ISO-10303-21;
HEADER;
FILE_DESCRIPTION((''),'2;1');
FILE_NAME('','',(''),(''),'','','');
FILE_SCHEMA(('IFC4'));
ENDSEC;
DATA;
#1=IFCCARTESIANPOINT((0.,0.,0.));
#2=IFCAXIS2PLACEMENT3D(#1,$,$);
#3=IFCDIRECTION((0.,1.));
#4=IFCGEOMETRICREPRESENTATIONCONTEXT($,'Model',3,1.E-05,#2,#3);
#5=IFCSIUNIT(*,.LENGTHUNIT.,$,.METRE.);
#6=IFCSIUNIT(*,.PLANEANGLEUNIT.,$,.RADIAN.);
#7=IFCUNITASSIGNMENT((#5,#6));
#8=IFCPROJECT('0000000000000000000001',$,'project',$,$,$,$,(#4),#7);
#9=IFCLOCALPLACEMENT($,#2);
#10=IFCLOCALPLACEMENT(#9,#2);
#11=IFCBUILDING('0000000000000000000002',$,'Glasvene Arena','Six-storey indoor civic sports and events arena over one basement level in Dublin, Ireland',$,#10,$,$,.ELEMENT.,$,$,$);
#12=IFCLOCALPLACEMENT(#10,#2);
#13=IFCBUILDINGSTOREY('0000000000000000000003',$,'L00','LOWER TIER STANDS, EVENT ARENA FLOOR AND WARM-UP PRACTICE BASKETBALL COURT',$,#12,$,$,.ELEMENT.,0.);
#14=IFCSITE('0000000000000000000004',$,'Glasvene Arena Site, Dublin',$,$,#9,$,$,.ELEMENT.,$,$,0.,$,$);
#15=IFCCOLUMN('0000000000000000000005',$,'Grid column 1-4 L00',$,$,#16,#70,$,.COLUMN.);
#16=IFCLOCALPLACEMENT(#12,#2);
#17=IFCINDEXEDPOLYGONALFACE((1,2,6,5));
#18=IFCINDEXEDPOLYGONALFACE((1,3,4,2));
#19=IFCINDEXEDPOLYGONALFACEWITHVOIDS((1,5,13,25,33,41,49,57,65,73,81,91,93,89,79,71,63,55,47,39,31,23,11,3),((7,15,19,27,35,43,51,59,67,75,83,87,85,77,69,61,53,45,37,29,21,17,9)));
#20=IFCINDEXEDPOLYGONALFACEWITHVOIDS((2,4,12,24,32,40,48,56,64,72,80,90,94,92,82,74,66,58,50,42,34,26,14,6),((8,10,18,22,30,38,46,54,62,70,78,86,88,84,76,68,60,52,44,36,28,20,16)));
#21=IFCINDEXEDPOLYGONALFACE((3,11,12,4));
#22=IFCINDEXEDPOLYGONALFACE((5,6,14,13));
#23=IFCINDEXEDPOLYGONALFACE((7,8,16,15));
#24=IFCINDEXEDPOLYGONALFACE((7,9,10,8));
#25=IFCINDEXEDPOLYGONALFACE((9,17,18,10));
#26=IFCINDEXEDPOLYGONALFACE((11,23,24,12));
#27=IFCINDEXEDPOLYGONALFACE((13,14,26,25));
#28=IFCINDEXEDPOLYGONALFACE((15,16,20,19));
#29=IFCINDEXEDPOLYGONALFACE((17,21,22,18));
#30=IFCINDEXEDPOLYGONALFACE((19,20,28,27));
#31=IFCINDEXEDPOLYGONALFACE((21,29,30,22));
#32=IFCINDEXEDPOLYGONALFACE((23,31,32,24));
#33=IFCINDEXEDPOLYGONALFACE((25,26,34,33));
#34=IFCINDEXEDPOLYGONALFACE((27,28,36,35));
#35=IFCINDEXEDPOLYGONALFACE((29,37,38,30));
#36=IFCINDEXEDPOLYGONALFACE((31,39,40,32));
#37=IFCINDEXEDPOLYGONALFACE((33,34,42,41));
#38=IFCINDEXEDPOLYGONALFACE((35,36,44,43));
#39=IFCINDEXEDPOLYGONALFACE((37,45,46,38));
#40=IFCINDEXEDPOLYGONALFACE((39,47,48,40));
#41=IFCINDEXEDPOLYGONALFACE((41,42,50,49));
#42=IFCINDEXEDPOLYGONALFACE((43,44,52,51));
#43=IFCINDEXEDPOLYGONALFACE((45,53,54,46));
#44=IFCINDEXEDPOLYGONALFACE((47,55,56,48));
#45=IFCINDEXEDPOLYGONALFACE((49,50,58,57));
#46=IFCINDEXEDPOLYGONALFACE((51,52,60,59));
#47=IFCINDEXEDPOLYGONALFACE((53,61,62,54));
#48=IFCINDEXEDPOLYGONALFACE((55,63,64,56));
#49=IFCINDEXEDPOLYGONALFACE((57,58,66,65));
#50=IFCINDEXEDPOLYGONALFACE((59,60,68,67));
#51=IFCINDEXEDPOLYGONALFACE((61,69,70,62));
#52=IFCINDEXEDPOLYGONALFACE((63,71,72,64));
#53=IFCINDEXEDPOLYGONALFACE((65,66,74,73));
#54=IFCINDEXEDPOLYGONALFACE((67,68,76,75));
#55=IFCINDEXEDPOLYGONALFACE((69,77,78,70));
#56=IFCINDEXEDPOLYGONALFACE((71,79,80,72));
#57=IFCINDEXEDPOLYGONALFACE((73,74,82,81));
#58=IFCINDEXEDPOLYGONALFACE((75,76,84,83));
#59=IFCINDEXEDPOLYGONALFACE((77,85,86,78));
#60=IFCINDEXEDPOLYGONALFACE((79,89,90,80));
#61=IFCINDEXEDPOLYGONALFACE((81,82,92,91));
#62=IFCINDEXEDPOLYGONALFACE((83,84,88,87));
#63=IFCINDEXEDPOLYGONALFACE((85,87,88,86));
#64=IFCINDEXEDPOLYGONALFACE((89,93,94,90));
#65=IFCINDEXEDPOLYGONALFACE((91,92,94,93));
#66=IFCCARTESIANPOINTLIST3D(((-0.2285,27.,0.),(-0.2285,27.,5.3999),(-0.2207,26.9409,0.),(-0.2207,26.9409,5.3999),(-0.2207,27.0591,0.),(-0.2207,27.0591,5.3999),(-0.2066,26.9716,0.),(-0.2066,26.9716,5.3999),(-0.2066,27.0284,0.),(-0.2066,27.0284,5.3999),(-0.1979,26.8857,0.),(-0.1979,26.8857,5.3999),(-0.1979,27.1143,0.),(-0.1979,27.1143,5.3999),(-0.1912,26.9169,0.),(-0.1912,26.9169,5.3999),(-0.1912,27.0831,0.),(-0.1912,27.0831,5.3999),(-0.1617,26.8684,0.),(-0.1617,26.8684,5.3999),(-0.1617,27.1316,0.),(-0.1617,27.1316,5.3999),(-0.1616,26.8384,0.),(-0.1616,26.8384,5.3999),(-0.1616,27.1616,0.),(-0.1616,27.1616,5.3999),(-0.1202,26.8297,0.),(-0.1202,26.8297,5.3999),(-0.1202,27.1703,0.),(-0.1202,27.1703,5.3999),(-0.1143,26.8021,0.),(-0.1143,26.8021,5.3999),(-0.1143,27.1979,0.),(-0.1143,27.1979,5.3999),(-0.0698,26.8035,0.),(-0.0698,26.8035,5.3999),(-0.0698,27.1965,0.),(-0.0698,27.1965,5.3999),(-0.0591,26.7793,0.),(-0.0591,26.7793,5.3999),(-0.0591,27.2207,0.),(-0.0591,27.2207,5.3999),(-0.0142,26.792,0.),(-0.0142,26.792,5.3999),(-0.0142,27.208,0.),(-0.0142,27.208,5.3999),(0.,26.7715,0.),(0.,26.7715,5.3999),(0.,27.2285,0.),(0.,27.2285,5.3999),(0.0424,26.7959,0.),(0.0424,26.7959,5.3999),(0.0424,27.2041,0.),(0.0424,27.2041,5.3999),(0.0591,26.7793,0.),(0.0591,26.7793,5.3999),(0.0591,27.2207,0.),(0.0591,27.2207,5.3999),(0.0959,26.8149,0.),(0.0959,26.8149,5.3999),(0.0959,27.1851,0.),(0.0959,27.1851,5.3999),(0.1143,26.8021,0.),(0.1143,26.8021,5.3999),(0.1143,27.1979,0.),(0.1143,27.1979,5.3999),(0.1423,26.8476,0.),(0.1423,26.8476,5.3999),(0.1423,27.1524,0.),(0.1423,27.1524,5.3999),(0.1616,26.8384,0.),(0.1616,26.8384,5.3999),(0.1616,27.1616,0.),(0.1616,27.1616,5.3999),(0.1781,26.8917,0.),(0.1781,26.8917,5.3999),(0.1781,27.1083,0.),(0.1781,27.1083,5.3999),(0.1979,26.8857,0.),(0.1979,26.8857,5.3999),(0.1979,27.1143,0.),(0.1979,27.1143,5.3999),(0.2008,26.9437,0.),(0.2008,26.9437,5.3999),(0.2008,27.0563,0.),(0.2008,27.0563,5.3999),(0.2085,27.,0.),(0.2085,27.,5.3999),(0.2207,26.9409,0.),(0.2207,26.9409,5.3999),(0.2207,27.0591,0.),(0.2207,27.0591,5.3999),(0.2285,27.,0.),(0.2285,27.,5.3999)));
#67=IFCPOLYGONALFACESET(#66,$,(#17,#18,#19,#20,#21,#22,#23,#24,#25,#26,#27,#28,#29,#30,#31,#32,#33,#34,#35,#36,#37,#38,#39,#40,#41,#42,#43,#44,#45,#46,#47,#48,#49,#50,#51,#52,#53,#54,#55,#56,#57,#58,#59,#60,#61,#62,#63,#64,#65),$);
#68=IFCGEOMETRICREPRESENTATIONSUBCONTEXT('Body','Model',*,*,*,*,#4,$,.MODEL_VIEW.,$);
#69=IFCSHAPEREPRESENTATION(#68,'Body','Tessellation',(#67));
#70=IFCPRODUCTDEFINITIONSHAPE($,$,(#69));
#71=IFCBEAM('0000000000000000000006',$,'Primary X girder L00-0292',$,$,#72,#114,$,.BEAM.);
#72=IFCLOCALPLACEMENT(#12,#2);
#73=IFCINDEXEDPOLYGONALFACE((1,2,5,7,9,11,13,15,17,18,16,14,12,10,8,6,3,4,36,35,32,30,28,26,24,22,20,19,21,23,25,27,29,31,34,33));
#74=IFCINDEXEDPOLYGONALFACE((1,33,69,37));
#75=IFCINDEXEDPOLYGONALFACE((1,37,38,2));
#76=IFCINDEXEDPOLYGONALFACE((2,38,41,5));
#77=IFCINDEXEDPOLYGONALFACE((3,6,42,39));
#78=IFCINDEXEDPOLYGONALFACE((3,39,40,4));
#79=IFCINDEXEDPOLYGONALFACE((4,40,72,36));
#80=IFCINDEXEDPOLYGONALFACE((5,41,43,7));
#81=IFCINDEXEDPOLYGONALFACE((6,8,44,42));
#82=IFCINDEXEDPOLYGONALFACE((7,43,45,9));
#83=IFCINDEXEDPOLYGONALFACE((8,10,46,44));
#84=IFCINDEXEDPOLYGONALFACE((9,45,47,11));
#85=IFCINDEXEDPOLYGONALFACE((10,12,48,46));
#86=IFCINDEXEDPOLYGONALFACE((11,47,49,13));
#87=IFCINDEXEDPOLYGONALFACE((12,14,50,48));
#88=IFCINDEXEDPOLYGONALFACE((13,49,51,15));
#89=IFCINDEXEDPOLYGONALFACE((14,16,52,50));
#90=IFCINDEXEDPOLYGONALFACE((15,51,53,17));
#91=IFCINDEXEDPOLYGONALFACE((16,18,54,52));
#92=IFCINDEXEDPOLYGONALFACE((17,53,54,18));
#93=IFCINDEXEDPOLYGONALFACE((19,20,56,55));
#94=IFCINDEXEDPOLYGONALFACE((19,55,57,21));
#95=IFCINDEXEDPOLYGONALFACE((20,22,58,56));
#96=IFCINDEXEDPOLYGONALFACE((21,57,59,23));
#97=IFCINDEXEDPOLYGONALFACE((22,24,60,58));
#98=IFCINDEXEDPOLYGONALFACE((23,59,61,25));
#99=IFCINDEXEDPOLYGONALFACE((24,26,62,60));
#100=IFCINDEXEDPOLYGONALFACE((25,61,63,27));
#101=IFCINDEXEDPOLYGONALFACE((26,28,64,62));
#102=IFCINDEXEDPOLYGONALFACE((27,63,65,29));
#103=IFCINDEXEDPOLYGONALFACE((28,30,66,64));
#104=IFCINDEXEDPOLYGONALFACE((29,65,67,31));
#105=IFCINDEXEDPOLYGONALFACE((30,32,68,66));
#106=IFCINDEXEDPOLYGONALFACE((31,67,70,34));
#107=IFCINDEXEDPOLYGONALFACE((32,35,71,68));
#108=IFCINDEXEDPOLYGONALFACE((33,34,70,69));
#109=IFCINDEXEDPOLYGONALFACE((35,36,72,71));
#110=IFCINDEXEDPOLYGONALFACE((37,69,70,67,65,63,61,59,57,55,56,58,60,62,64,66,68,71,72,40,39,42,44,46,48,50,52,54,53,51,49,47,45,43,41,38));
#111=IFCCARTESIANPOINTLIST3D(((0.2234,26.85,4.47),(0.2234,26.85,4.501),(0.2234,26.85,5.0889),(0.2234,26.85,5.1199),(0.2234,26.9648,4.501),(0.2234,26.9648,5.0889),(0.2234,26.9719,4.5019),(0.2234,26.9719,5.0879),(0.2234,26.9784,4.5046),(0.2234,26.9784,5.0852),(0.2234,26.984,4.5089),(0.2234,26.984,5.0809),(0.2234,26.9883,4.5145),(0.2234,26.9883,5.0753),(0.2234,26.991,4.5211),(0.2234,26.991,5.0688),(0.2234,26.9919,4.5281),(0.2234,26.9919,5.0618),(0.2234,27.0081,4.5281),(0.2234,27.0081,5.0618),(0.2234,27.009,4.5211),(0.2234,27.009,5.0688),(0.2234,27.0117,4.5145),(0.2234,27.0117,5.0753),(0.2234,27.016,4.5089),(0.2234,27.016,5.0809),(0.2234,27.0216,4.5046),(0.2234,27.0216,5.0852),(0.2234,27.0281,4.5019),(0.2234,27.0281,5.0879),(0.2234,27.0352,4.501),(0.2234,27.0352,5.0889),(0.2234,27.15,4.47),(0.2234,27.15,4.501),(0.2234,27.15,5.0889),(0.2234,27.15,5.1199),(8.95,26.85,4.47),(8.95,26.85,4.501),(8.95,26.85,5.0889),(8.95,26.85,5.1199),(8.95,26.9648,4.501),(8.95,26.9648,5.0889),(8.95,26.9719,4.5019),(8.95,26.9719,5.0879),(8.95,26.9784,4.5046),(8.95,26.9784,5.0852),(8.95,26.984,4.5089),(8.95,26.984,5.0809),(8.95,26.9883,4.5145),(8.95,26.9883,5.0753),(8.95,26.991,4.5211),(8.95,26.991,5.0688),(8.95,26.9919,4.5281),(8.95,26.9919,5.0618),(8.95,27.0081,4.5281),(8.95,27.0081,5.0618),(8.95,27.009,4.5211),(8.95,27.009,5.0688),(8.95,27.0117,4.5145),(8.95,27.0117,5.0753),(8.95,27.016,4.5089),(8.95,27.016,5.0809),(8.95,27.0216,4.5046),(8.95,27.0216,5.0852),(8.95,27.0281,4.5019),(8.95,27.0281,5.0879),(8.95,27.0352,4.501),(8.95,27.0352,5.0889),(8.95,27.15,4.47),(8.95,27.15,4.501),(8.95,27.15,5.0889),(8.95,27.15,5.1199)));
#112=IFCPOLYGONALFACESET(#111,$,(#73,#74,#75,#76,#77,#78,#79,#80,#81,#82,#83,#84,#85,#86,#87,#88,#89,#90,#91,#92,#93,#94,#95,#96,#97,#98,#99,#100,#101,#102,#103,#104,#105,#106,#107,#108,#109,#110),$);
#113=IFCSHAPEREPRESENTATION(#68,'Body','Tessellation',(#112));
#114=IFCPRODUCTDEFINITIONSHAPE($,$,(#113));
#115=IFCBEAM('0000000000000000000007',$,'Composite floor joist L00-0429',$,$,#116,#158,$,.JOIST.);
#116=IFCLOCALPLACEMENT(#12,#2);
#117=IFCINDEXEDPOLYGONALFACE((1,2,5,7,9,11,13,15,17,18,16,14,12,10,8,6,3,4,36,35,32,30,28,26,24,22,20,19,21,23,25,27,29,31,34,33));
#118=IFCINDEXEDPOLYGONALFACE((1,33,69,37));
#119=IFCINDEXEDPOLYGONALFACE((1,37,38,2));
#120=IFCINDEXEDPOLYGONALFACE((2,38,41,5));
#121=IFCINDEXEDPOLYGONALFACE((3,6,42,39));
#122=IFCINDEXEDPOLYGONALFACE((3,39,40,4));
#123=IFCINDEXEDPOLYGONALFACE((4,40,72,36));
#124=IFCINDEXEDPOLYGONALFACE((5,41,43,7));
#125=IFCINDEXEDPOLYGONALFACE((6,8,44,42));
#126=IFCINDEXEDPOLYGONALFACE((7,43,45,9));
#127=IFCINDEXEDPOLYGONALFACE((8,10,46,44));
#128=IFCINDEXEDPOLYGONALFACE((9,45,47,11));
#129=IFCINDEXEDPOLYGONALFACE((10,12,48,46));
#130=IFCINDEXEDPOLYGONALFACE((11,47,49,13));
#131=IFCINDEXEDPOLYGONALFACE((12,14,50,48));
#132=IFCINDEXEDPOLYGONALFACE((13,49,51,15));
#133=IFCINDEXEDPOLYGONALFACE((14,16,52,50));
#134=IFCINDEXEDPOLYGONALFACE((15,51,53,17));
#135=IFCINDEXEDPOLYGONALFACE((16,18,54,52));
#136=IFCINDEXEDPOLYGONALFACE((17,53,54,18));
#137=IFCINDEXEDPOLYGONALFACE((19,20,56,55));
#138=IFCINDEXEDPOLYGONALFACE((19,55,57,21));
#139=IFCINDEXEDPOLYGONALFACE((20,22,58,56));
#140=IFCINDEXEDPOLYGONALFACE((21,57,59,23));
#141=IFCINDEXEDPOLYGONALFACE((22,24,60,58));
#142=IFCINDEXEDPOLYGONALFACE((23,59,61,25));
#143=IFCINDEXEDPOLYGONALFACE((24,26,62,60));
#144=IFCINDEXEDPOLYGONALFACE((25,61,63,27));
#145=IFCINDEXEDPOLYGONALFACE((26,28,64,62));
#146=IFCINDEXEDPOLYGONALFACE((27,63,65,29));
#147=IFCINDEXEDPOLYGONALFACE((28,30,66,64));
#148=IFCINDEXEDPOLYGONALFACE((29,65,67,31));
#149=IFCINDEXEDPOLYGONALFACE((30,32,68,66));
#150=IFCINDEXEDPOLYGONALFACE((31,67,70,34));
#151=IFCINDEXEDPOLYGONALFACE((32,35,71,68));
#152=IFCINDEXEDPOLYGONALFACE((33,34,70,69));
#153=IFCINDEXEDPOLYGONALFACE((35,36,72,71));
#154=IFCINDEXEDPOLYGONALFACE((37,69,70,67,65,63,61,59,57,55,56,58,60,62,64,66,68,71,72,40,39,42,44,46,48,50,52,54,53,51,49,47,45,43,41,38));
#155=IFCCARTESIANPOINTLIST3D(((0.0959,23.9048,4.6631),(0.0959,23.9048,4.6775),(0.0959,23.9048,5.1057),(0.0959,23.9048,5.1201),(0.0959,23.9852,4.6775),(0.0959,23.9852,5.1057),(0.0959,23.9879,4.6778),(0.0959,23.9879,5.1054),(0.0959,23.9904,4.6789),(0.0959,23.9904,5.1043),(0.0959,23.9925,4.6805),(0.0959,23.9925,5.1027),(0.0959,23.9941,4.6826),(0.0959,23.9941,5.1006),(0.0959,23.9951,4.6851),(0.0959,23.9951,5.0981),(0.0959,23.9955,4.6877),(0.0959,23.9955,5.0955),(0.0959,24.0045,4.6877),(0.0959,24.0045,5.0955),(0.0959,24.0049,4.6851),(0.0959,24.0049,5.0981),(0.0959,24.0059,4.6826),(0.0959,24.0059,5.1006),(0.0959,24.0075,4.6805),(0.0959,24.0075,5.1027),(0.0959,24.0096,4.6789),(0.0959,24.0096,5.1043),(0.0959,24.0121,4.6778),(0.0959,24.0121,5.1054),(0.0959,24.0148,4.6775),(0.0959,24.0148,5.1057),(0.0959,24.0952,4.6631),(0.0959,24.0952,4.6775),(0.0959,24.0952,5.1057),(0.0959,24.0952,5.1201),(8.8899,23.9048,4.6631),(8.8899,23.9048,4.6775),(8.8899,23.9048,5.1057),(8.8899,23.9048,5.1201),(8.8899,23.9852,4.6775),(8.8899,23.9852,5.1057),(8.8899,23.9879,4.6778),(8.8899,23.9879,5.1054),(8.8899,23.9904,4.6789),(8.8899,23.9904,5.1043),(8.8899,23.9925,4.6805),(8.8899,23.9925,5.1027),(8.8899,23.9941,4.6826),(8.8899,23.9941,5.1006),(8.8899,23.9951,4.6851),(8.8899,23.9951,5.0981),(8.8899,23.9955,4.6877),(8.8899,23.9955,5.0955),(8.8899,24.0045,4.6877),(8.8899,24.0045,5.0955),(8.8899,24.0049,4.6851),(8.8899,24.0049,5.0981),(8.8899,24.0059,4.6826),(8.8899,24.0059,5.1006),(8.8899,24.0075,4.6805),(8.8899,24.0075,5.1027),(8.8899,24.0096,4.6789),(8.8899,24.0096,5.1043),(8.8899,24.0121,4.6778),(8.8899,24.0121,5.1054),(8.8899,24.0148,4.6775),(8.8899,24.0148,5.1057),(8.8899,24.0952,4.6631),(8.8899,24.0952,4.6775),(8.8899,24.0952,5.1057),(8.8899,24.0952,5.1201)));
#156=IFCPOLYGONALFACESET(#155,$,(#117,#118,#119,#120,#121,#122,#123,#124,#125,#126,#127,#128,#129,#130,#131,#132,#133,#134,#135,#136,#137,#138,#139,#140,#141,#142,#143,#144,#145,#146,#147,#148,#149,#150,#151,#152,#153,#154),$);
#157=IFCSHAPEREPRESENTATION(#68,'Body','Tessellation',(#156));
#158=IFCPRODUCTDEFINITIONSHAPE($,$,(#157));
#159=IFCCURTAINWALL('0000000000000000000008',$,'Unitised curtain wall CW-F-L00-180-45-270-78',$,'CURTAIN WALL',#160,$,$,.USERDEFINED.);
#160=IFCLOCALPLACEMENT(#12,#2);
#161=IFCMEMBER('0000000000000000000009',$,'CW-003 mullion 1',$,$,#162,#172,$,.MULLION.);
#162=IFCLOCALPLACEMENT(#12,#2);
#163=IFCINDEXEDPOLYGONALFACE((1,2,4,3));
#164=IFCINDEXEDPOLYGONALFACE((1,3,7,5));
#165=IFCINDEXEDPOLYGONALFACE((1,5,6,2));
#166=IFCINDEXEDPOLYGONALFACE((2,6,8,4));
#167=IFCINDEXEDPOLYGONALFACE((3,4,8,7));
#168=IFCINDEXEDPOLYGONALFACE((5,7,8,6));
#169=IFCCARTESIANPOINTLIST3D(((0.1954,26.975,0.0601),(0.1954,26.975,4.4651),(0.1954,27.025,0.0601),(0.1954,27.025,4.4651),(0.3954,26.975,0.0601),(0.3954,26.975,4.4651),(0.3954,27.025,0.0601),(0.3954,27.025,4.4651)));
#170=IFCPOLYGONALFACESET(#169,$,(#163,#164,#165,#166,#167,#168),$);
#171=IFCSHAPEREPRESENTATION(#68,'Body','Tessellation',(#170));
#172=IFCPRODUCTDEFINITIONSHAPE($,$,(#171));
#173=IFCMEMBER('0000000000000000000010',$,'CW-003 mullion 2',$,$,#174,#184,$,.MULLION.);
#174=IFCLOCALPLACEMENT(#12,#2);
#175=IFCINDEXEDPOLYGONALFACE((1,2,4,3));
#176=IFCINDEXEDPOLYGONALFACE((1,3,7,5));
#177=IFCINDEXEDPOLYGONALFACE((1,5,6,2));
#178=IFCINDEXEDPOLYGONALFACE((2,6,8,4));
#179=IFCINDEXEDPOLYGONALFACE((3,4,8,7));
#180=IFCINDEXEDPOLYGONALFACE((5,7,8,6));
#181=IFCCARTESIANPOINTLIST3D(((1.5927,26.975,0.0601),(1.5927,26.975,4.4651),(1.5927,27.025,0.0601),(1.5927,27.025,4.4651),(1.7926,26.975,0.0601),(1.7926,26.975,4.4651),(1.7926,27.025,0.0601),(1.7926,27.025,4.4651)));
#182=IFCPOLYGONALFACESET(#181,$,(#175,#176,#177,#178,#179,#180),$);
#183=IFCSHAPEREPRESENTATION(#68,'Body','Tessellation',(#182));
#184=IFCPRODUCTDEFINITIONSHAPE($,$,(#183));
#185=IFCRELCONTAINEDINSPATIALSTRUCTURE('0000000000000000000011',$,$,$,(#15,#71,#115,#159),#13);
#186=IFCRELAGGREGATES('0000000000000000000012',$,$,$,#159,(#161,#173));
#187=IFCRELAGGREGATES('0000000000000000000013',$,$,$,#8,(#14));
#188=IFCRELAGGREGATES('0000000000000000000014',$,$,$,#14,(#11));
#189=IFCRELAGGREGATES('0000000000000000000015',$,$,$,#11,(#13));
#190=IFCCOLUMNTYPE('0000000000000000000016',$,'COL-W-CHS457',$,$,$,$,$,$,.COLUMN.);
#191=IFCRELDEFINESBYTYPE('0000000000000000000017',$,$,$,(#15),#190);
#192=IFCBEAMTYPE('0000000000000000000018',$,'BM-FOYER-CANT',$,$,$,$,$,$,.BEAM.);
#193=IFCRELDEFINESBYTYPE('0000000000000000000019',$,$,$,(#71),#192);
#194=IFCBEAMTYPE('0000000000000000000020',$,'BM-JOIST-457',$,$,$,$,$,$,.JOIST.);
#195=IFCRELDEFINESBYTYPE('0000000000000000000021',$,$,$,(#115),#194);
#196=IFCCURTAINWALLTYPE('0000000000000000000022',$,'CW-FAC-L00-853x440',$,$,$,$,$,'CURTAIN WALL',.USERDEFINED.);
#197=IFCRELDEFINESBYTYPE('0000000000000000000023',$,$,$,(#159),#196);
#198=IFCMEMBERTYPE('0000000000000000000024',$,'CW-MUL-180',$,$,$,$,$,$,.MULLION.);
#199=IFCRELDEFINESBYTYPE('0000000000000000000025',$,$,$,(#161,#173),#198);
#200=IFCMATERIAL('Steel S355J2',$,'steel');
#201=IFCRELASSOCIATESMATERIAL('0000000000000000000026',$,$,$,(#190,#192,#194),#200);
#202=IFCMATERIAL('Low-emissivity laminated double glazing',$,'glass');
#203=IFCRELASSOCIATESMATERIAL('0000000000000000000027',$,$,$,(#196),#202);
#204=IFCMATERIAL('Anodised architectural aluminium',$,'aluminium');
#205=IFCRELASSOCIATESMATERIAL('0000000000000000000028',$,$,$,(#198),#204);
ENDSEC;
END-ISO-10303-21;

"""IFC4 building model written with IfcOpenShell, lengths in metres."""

from ifc_helpers import new_model, si_unit, direction, frame, origin, origin_2d, place, context, subcontext, project, spatial, rectangle, hollow_circle, i_section, extrude, material, material_profile, profile_set, type_object, element, aggregate, save


model = new_model("IFC4")

# Units and contexts
model_context = context("Model", 3, precision=1e-05, world=origin(), true_north=direction((0.0, 1.0)))
body_context = subcontext(model_context, "Body", "Model", "MODEL_VIEW")
ifc_project = project(units=[si_unit("LENGTHUNIT", "METRE"), si_unit("PLANEANGLEUNIT", "RADIAN")], contexts=[model_context])

# Site, building, storey
site_placement = place(None, origin())
site = spatial("IfcSite", under=ifc_project, at=site_placement, Name="Glasvene Arena Site, Dublin", CompositionType="ELEMENT", RefElevation=0.0)
building_placement = place(site_placement, origin())
building = spatial("IfcBuilding", under=site, at=building_placement, Name="Glasvene Arena", Description="Six-storey indoor civic sports and events arena over one basement level in Dublin, Ireland", CompositionType="ELEMENT")
storey_placement = place(building_placement, origin())
storey = spatial("IfcBuildingStorey", under=building, at=storey_placement, Name="L00", Description="LOWER TIER STANDS, EVENT ARENA FLOOR AND WARM-UP PRACTICE BASKETBALL COURT", CompositionType="ELEMENT", Elevation=0.0)

# Column
ifc_material_1 = material(Name="Steel S355J2", Category="steel")
ifc_material_profile_1 = material_profile(ifc_material_1, hollow_circle(Radius=0.2285, WallThickness=0.02, at=origin_2d()), Name="CHS 457.0x20.0")
ifc_profile_set_1 = profile_set([ifc_material_profile_1], Name="Steel S355J2")
column_type = type_object("IfcColumnType", Name="COL-W-CHS457", PredefinedType="COLUMN", material=ifc_profile_set_1)
column_placement = place(storey_placement, frame((0.0, 27.0, 0.0), z_axis=(0.0, 0.0, 1.0), x_axis=(1.0, 0.0, 0.0)))
element("IfcColumn", 1, at=column_placement, inside=storey, type_object=column_type, Name="Grid column 1-4 L00", PredefinedType="COLUMN", context=body_context, shape_type="SweptSolid", body=[
    extrude(hollow_circle(Radius=0.2285, WallThickness=0.02, at=origin_2d()), origin(), (0.0, 0.0, 1.0), 5.3999),
])

# Beams
ifc_material_profile_2 = material_profile(ifc_material_1, i_section(OverallWidth=0.3, OverallDepth=0.6499, WebThickness=0.0161, FlangeThickness=0.031, FilletRadius=0.0271, at=origin_2d()), Name="HEB 650")
ifc_profile_set_2 = profile_set([ifc_material_profile_2], Name="Steel S355J2")
beam_type_1 = type_object("IfcBeamType", Name="BM-FOYER-CANT", PredefinedType="BEAM", material=ifc_profile_set_2)
beam_1_placement = place(storey_placement, frame((0.2234, 27.0, 4.7949), z_axis=(1.0, 0.0, 0.0), x_axis=(0.0, 1.0, 0.0)))
element("IfcBeam", 2, at=beam_1_placement, inside=storey, type_object=beam_type_1, Name="Primary X girder L00-0292", PredefinedType="BEAM", context=body_context, shape_type="SweptSolid", body=[
    extrude(i_section(OverallWidth=0.3, OverallDepth=0.6499, WebThickness=0.0161, FlangeThickness=0.031, FilletRadius=0.0271, at=origin_2d()), origin(), (0.0, 0.0, 1.0), 8.7266),
])
ifc_material_profile_3 = material_profile(ifc_material_1, i_section(OverallWidth=0.1904, OverallDepth=0.457, WebThickness=0.009, FlangeThickness=0.0144, FilletRadius=0.0103, at=origin_2d()), Name="UKB 457x191x74")
ifc_profile_set_3 = profile_set([ifc_material_profile_3], Name="Steel S355J2")
beam_type_2 = type_object("IfcBeamType", Name="BM-JOIST-457", PredefinedType="JOIST", material=ifc_profile_set_3)
beam_2_placement = place(storey_placement, frame((0.0959, 24.0, 4.8916), z_axis=(1.0, 0.0, 0.0), x_axis=(0.0, 1.0, 0.0)))
element("IfcBeam", 3, at=beam_2_placement, inside=storey, type_object=beam_type_2, Name="Composite floor joist L00-0429", PredefinedType="JOIST", context=body_context, shape_type="SweptSolid", body=[
    extrude(i_section(OverallWidth=0.1904, OverallDepth=0.457, WebThickness=0.009, FlangeThickness=0.0144, FilletRadius=0.0103, at=origin_2d()), origin(), (0.0, 0.0, 1.0), 8.7939),
])

# Curtain wall, members
ifc_material_2 = material(Name="Low-emissivity laminated double glazing", Category="glass")
curtain_wall_type = type_object("IfcCurtainWallType", Name="CW-FAC-L00-853x440", ElementType="CURTAIN WALL", PredefinedType="USERDEFINED", material=ifc_material_2)
curtain_wall_placement = place(storey_placement, frame((0.2705, 27.0, 0.0)))
curtain_wall = element("IfcCurtainWall", 4, at=curtain_wall_placement, inside=storey, type_object=curtain_wall_type, Name="Unitised curtain wall CW-F-L00-180-45-270-78", ObjectType="CURTAIN WALL", PredefinedType="USERDEFINED")
ifc_material_3 = material(Name="Anodised architectural aluminium", Category="aluminium")
ifc_material_profile_4 = material_profile(ifc_material_3, rectangle(XDim=0.05, YDim=0.2, at=origin_2d()), Name="ALU MULLION 50x200")
ifc_profile_set_4 = profile_set([ifc_material_profile_4], Name="Anodised architectural aluminium")
member_type_1 = type_object("IfcMemberType", Name="CW-MUL-180", PredefinedType="MULLION", material=ifc_profile_set_4)
member_1_placement = place(storey_placement, frame((0.2954, 27.0, 0.0601), z_axis=(0.0, 0.0, 1.0), x_axis=(0.0, 1.0, 0.0)))
member_1 = element("IfcMember", 5, at=member_1_placement, type_object=member_type_1, Name="CW-003 mullion 1", PredefinedType="MULLION", context=body_context, shape_type="SweptSolid", body=[
    extrude(rectangle(XDim=0.05, YDim=0.2, at=origin_2d()), origin(), (0.0, 0.0, 1.0), 4.405),
])
member_2_placement = place(storey_placement, frame((1.6926, 27.0, 0.0601), z_axis=(0.0, 0.0, 1.0), x_axis=(0.0, 1.0, 0.0)))
member_2 = element("IfcMember", 6, at=member_2_placement, type_object=member_type_1, Name="CW-003 mullion 2", PredefinedType="MULLION", context=body_context, shape_type="SweptSolid", body=[
    extrude(rectangle(XDim=0.05, YDim=0.2, at=origin_2d()), origin(), (0.0, 0.0, 1.0), 4.405),
])
aggregate(curtain_wall, [member_1, member_2])

save(model, "model.ifc")
